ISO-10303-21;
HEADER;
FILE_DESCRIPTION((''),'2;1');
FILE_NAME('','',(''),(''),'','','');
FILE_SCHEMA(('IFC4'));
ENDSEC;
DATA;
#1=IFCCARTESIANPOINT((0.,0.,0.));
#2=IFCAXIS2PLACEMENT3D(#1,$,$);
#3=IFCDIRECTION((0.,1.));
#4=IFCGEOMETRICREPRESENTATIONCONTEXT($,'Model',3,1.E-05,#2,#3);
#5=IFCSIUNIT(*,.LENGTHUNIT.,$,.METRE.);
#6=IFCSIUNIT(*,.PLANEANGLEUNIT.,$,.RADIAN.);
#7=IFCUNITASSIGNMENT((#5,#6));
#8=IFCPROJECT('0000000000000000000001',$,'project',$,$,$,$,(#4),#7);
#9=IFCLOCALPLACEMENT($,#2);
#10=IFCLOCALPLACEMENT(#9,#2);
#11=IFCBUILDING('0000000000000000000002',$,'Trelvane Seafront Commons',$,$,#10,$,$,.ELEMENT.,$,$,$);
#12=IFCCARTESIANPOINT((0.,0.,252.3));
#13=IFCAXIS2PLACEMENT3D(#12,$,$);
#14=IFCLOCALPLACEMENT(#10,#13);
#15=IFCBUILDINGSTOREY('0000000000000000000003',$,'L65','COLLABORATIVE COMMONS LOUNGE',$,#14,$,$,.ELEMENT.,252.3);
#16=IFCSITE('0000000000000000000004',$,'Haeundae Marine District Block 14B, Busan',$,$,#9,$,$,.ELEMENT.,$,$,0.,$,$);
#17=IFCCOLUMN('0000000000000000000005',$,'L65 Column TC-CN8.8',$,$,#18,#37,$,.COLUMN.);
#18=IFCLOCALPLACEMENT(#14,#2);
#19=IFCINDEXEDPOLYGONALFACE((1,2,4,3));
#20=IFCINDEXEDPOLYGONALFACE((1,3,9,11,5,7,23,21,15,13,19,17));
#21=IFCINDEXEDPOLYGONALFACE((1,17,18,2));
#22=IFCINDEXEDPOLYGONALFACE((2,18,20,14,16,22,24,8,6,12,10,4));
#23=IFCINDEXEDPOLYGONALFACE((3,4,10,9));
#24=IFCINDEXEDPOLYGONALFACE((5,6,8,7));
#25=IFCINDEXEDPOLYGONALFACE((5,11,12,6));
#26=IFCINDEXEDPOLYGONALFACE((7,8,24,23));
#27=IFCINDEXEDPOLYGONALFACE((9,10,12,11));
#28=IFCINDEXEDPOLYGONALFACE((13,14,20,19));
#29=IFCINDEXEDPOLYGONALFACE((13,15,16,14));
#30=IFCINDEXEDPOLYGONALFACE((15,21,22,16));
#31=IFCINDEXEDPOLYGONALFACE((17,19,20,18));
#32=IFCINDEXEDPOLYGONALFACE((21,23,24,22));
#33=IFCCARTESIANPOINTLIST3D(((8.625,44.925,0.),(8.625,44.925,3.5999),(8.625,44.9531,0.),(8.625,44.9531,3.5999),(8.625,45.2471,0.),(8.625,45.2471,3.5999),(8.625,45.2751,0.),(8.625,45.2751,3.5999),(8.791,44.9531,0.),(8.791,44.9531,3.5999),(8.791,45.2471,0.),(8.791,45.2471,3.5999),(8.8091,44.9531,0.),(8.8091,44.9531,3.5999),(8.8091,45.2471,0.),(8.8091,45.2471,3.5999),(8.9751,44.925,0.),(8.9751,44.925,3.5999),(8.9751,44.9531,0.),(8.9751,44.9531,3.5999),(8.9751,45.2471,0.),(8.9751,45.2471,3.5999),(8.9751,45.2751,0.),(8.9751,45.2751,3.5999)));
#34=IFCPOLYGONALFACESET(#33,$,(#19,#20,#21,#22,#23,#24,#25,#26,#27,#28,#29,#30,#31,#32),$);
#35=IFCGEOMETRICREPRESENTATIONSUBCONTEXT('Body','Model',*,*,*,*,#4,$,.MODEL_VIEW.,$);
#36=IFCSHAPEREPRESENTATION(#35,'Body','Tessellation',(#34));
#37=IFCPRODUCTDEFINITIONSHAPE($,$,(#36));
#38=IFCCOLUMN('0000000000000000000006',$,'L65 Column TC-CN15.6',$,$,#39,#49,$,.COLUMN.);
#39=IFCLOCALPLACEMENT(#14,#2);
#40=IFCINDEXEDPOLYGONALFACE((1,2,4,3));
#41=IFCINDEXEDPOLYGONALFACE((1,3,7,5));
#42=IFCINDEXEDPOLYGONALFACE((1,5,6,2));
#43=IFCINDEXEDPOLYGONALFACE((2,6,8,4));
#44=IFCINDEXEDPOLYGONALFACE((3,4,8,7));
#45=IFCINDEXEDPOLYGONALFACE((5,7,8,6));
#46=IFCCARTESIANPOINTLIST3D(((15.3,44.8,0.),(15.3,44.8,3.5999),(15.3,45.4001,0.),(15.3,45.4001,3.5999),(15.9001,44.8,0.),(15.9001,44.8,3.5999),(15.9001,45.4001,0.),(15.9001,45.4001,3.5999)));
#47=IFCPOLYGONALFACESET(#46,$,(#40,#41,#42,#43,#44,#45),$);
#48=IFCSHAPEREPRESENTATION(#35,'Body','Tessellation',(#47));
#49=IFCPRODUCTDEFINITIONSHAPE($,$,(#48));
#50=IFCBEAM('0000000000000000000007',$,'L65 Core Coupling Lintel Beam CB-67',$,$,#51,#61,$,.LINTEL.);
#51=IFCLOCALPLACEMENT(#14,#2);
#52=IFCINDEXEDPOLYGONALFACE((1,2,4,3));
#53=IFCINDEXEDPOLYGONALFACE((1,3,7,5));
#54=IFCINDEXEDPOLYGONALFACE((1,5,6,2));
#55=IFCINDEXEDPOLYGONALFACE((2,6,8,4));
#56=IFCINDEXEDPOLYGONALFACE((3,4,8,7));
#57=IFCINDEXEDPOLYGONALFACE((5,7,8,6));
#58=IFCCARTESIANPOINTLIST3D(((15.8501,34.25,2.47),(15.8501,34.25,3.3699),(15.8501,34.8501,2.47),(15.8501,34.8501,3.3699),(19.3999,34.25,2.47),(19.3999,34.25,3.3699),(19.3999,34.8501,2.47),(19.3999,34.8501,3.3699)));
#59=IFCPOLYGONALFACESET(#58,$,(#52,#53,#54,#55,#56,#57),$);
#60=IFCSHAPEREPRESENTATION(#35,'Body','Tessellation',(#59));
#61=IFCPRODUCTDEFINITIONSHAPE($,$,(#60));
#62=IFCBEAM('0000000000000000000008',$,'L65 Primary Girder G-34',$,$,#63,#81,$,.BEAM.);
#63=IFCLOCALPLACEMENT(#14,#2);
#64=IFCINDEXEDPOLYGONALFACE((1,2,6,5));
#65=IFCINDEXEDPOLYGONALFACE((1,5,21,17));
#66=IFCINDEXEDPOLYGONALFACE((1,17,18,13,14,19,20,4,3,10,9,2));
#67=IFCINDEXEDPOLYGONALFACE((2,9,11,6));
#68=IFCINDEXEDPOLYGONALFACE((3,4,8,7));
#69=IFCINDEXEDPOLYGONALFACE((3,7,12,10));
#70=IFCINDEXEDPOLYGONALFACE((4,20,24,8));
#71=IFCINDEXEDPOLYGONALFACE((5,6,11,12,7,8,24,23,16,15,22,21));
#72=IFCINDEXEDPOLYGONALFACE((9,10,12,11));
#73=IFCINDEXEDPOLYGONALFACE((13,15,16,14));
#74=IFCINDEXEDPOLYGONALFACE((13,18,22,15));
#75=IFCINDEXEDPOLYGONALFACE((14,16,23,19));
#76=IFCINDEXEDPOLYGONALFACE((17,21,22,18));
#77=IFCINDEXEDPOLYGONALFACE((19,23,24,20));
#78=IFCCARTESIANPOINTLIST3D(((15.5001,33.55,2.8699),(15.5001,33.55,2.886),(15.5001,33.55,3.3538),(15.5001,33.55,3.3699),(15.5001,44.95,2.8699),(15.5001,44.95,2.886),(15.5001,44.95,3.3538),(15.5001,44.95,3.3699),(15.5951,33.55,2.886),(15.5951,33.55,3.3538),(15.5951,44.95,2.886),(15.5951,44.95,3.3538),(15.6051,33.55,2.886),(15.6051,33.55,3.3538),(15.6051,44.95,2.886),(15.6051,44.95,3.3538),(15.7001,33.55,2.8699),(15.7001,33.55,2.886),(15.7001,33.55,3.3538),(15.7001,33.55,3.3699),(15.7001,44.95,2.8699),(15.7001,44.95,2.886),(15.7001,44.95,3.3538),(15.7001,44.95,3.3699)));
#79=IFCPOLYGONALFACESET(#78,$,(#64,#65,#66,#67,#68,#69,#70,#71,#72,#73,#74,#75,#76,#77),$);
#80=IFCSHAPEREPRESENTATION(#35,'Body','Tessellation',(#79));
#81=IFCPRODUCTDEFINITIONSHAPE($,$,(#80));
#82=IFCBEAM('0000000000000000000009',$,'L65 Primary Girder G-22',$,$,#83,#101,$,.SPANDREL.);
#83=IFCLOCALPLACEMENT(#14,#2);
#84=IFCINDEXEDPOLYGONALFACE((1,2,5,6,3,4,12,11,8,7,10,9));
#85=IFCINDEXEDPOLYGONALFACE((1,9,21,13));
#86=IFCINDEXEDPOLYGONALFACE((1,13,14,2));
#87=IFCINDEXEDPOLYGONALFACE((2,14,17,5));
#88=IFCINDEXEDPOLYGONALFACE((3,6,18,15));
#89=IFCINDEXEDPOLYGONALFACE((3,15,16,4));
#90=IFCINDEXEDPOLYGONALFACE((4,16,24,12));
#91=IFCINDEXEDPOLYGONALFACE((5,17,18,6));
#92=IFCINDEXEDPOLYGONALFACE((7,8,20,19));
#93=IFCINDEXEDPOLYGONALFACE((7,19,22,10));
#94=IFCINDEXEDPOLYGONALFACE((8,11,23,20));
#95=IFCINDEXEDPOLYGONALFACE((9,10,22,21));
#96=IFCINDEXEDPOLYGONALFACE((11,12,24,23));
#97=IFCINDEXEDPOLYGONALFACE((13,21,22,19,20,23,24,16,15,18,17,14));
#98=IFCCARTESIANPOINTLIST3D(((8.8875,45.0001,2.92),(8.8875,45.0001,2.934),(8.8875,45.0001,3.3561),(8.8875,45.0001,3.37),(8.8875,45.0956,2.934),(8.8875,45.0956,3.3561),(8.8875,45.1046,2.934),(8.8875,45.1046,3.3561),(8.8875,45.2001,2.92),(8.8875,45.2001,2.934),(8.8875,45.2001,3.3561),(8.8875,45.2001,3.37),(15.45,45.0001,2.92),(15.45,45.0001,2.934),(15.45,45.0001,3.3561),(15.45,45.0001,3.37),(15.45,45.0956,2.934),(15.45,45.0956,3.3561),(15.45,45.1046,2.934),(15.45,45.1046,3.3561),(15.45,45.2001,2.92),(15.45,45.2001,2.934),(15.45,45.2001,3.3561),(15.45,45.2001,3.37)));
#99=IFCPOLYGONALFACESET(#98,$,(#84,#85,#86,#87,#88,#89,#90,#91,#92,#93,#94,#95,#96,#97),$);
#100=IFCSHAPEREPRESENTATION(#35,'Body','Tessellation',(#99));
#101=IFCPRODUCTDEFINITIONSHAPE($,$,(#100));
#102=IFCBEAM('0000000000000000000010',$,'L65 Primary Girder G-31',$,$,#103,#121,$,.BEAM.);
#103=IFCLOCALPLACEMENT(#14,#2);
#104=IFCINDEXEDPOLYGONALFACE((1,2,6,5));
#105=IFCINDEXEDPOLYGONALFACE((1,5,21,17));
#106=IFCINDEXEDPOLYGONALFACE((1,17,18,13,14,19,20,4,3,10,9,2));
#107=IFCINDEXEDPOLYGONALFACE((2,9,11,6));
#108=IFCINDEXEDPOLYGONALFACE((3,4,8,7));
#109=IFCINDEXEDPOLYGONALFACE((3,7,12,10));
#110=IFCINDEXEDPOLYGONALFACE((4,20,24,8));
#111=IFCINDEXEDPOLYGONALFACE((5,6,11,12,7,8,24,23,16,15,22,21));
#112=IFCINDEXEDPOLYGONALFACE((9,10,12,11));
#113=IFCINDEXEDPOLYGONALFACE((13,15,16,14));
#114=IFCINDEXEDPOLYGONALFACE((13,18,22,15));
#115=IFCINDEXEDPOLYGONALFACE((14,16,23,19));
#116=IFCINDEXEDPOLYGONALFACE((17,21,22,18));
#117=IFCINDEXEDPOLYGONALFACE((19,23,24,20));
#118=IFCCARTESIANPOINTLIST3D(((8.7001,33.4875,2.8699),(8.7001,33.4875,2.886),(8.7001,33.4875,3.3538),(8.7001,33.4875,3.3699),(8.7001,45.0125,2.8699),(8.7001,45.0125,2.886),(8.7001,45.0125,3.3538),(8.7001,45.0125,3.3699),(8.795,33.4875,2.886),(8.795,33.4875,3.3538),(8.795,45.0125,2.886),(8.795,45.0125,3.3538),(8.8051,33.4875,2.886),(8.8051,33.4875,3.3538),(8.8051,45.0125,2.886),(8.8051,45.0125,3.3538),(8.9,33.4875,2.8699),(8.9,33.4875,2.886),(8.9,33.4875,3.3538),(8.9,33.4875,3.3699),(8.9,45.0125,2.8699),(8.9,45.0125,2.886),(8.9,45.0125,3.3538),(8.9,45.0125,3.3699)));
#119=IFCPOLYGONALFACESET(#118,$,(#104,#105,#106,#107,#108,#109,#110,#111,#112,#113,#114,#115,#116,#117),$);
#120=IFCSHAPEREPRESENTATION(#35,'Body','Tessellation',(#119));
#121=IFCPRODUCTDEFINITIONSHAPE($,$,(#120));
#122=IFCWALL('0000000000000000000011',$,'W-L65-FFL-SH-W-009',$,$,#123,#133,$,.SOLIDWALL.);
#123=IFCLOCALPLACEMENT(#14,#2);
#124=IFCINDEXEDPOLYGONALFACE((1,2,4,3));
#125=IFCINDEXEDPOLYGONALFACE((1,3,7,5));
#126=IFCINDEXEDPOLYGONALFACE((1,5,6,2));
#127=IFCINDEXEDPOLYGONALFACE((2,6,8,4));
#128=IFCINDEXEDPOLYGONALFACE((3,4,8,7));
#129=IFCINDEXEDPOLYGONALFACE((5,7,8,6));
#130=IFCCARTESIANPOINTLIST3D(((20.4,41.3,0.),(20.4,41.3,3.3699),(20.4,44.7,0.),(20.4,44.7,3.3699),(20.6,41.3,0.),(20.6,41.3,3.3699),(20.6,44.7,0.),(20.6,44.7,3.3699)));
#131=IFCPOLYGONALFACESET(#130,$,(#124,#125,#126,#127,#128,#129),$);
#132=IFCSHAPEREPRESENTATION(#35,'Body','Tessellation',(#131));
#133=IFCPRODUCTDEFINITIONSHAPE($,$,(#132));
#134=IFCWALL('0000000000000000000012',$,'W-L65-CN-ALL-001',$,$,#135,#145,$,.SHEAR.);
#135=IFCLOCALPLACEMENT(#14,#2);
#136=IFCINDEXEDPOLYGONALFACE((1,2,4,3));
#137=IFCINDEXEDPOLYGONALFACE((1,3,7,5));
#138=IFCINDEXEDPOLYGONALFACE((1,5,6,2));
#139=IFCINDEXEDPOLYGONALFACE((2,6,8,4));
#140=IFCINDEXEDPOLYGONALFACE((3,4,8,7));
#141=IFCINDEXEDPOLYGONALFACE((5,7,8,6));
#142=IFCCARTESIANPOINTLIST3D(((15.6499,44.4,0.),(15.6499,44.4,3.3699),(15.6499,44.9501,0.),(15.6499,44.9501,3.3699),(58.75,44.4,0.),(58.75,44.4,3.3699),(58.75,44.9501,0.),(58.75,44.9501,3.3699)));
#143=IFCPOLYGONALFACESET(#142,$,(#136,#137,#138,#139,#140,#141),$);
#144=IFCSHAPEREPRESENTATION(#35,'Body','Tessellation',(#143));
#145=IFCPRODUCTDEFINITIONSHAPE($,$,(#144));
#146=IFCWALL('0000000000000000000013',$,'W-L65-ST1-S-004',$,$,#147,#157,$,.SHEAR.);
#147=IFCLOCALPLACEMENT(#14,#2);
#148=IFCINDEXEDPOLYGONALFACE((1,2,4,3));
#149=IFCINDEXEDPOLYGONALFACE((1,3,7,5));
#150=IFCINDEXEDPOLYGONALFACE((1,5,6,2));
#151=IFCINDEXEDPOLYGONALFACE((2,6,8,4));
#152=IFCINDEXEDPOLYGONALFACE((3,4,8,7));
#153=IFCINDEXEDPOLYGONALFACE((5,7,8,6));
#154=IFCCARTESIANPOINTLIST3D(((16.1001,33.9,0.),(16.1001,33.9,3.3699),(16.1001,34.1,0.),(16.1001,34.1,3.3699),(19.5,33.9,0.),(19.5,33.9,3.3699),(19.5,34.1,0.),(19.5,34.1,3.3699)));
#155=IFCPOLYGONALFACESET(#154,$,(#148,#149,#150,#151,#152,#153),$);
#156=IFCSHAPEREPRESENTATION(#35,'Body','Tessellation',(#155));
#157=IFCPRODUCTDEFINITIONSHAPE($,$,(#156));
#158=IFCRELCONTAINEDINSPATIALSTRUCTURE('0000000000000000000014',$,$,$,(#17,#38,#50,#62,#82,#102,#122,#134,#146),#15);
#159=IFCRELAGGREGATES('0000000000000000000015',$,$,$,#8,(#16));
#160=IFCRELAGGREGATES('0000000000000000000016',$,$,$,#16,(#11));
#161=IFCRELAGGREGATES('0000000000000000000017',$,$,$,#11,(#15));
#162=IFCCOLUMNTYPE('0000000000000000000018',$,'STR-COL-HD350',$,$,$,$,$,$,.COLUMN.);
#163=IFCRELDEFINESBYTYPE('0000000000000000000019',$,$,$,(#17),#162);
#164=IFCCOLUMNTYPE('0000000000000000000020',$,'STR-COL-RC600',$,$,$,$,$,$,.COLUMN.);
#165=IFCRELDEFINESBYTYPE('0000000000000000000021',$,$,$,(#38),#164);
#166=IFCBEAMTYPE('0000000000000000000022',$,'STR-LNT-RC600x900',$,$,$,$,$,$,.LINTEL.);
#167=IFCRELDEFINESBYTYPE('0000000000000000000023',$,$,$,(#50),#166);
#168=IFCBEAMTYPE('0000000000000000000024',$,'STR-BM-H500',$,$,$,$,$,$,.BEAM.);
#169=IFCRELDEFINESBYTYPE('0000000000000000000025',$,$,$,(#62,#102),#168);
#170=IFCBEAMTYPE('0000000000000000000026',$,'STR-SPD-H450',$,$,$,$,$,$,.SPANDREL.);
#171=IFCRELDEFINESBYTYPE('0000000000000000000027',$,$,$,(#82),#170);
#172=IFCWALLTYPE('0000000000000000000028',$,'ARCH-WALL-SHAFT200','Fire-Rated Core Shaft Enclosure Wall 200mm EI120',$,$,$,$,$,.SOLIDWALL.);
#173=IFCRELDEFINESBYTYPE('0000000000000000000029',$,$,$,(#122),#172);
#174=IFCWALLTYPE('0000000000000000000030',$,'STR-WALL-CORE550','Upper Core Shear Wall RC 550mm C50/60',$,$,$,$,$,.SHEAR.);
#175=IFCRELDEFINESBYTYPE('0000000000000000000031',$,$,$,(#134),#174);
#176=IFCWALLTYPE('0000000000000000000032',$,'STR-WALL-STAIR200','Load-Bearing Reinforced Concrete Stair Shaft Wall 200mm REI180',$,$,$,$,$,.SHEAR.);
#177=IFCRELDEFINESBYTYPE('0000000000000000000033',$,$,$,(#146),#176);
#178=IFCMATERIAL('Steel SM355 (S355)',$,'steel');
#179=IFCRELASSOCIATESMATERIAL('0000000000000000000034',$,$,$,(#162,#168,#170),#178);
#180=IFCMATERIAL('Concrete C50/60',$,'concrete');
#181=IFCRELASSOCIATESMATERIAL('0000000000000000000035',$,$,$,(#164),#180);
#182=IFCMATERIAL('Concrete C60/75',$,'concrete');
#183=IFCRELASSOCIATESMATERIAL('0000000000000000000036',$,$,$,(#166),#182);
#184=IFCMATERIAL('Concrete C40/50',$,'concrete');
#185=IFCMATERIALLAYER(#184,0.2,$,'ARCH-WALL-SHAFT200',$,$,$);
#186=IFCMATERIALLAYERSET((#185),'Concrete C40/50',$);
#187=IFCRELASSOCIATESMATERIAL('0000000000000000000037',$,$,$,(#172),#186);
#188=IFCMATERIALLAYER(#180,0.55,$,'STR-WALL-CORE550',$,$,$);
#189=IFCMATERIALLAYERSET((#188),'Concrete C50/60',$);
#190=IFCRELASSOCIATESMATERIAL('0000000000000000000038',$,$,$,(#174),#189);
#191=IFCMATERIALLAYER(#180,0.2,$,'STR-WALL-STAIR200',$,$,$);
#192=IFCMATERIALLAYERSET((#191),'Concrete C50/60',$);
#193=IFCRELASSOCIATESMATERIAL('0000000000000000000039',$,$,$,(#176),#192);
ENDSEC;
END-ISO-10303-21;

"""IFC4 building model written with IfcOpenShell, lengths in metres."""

from ifc_helpers import new_model, si_unit, direction, frame, frame_2d, origin, origin_2d, place, context, subcontext, project, spatial, rectangle, i_section, extrude, source, transform, mapped, material, layer, layer_set, material_profile, profile_set, type_object, element, save


model = new_model("IFC4")

# Units and contexts
model_context = context("Model", 3, precision=1e-05, world=origin(), true_north=direction((0.0, 1.0)))
body_context = subcontext(model_context, "Body", "Model", "MODEL_VIEW")
ifc_project = project(units=[si_unit("LENGTHUNIT", "METRE"), si_unit("PLANEANGLEUNIT", "RADIAN")], contexts=[model_context])

# Site, building, storey
site_placement = place(None, origin())
site = spatial("IfcSite", under=ifc_project, at=site_placement, Name="Haeundae Marine District Block 14B, Busan", CompositionType="ELEMENT", RefElevation=0.0)
building_placement = place(site_placement, origin())
building = spatial("IfcBuilding", under=site, at=building_placement, Name="Trelvane Seafront Commons", CompositionType="ELEMENT")
storey_placement = place(building_placement, frame((0.0, 0.0, 252.3)))
storey = spatial("IfcBuildingStorey", under=building, at=storey_placement, Name="L65", Description="COLLABORATIVE COMMONS LOUNGE", CompositionType="ELEMENT", Elevation=252.3)

# Columns
ifc_material_1 = material(Name="Steel SM355 (S355)", Category="steel")
ifc_material_profile_1 = material_profile(ifc_material_1, i_section(OverallWidth=0.3501, OverallDepth=0.3501, WebThickness=0.0181, FlangeThickness=0.0281, at=origin_2d()), Name="HD-350x350x18x28")
ifc_profile_set_1 = profile_set([ifc_material_profile_1], Name="Steel SM355 (S355)")
column_type_1 = type_object("IfcColumnType", Name="STR-COL-HD350", PredefinedType="COLUMN", material=ifc_profile_set_1)
shared_shape_1 = source(origin(), body_context, "Body", "SweptSolid", [
    extrude(i_section(OverallWidth=0.3501, OverallDepth=0.3501, WebThickness=0.0181, FlangeThickness=0.0281, at=origin_2d()), origin(), (0.0, 0.0, 1.0), 3.5999),
])
column_1_placement = place(storey_placement, frame((8.8, 45.1001, 0.0), z_axis=(0.0, 0.0, 1.0), x_axis=(1.0, 0.0, 0.0)))
element("IfcColumn", 1, at=column_1_placement, inside=storey, type_object=column_type_1, Name="L65 Column TC-CN8.8", PredefinedType="COLUMN", context=body_context, shape_type="MappedRepresentation", body=[
    mapped(shared_shape_1, transform((0.0, 0.0, 0.0), x_axis=(1.0, 0.0, 0.0), y_axis=(0.0, 1.0, 0.0), z_axis=(0.0, 0.0, 1.0), scale=1.0)),
])
ifc_material_2 = material(Name="Concrete C50/60", Category="concrete")
ifc_material_profile_2 = material_profile(ifc_material_2, rectangle(XDim=0.6001, YDim=0.6001, at=origin_2d()), Name="RC-600x600")
ifc_profile_set_2 = profile_set([ifc_material_profile_2], Name="Concrete C50/60")
column_type_2 = type_object("IfcColumnType", Name="STR-COL-RC600", PredefinedType="COLUMN", material=ifc_profile_set_2)
shared_shape_2 = source(origin(), body_context, "Body", "SweptSolid", [
    extrude(rectangle(XDim=0.6001, YDim=0.6001, at=origin_2d()), origin(), (0.0, 0.0, 1.0), 3.5999),
])
column_2_placement = place(storey_placement, frame((15.6001, 45.1001, 0.0), z_axis=(0.0, 0.0, 1.0), x_axis=(1.0, 0.0, 0.0)))
element("IfcColumn", 2, at=column_2_placement, inside=storey, type_object=column_type_2, Name="L65 Column TC-CN15.6", PredefinedType="COLUMN", context=body_context, shape_type="MappedRepresentation", body=[
    mapped(shared_shape_2, transform((0.0, 0.0, 0.0), x_axis=(1.0, 0.0, 0.0), y_axis=(0.0, 1.0, 0.0), z_axis=(0.0, 0.0, 1.0), scale=1.0)),
])

# Beams
ifc_material_3 = material(Name="Concrete C60/75", Category="concrete")
ifc_material_profile_3 = material_profile(ifc_material_3, rectangle(XDim=0.6001, YDim=0.8999, at=origin_2d()), Name="RC-600x900")
ifc_profile_set_3 = profile_set([ifc_material_profile_3], Name="Concrete C60/75")
beam_type_1 = type_object("IfcBeamType", Name="STR-LNT-RC600x900", PredefinedType="LINTEL", material=ifc_profile_set_3)
shared_shape_3 = source(origin(), body_context, "Body", "SweptSolid", [
    extrude(rectangle(XDim=0.6001, YDim=0.8999, at=origin_2d()), origin(), (0.0, 0.0, 1.0), 3.5498),
])
beam_1_placement = place(storey_placement, frame((15.8501, 34.55, 2.9199), z_axis=(1.0, 0.0, 0.0), x_axis=(0.0, 1.0, 0.0)))
element("IfcBeam", 3, at=beam_1_placement, inside=storey, type_object=beam_type_1, Name="L65 Core Coupling Lintel Beam CB-67", PredefinedType="LINTEL", context=body_context, shape_type="MappedRepresentation", body=[
    mapped(shared_shape_3, transform((0.0, 0.0, 0.0), x_axis=(1.0, 0.0, 0.0), y_axis=(0.0, 1.0, 0.0), z_axis=(0.0, 0.0, 1.0), scale=1.0)),
])
ifc_material_profile_4 = material_profile(ifc_material_1, i_section(OverallWidth=0.2, OverallDepth=0.5, WebThickness=0.01, FlangeThickness=0.0161, at=origin_2d()), Name="H-500x200x10x16")
ifc_profile_set_4 = profile_set([ifc_material_profile_4], Name="Steel SM355 (S355)")
beam_type_2 = type_object("IfcBeamType", Name="STR-BM-H500", PredefinedType="BEAM", material=ifc_profile_set_4)
shared_shape_4 = source(origin(), body_context, "Body", "SweptSolid", [
    extrude(i_section(OverallWidth=0.2, OverallDepth=0.5, WebThickness=0.01, FlangeThickness=0.0161, at=origin_2d()), origin(), (0.0, 0.0, 1.0), 11.3999),
])
beam_2_placement = place(storey_placement, frame((15.6001, 33.55, 3.1199), z_axis=(0.0, 1.0, 0.0), x_axis=(-1.0, 0.0, 0.0)))
element("IfcBeam", 4, at=beam_2_placement, inside=storey, type_object=beam_type_2, Name="L65 Primary Girder G-34", PredefinedType="BEAM", context=body_context, shape_type="MappedRepresentation", body=[
    mapped(shared_shape_4, transform((0.0, 0.0, 0.0), x_axis=(1.0, 0.0, 0.0), y_axis=(0.0, 1.0, 0.0), z_axis=(0.0, 0.0, 1.0), scale=1.0)),
])
ifc_material_profile_5 = material_profile(ifc_material_1, i_section(OverallWidth=0.2, OverallDepth=0.45, WebThickness=0.009, FlangeThickness=0.0139, at=origin_2d()), Name="H-450x200x9x14")
ifc_profile_set_5 = profile_set([ifc_material_profile_5], Name="Steel SM355 (S355)")
beam_type_3 = type_object("IfcBeamType", Name="STR-SPD-H450", PredefinedType="SPANDREL", material=ifc_profile_set_5)
shared_shape_5 = source(origin(), body_context, "Body", "SweptSolid", [
    extrude(i_section(OverallWidth=0.2, OverallDepth=0.45, WebThickness=0.009, FlangeThickness=0.0139, at=origin_2d()), origin(), (0.0, 0.0, 1.0), 6.5625),
])
beam_3_placement = place(storey_placement, frame((8.8875, 45.1001, 3.145), z_axis=(1.0, 0.0, 0.0), x_axis=(0.0, 1.0, 0.0)))
element("IfcBeam", 5, at=beam_3_placement, inside=storey, type_object=beam_type_3, Name="L65 Primary Girder G-22", PredefinedType="SPANDREL", context=body_context, shape_type="MappedRepresentation", body=[
    mapped(shared_shape_5, transform((0.0, 0.0, 0.0), x_axis=(1.0, 0.0, 0.0), y_axis=(0.0, 1.0, 0.0), z_axis=(0.0, 0.0, 1.0), scale=1.0)),
])
shared_shape_6 = source(origin(), body_context, "Body", "SweptSolid", [
    extrude(i_section(OverallWidth=0.2, OverallDepth=0.5, WebThickness=0.01, FlangeThickness=0.0161, at=origin_2d()), origin(), (0.0, 0.0, 1.0), 11.5249),
])
beam_4_placement = place(storey_placement, frame((8.8, 33.4875, 3.1199), z_axis=(0.0, 1.0, 0.0), x_axis=(-1.0, 0.0, 0.0)))
element("IfcBeam", 6, at=beam_4_placement, inside=storey, type_object=beam_type_2, Name="L65 Primary Girder G-31", PredefinedType="BEAM", context=body_context, shape_type="MappedRepresentation", body=[
    mapped(shared_shape_6, transform((0.0, 0.0, 0.0), x_axis=(1.0, 0.0, 0.0), y_axis=(0.0, 1.0, 0.0), z_axis=(0.0, 0.0, 1.0), scale=1.0)),
])

# Shared definitions
ifc_material_4 = material(Name="Concrete C40/50", Category="concrete")
ifc_layer_1 = layer(ifc_material_4, 0.2, Name="ARCH-WALL-SHAFT200")
ifc_layer_set_1 = layer_set([ifc_layer_1], Name="Concrete C40/50")
wall_type_1 = type_object("IfcWallType", Name="ARCH-WALL-SHAFT200", Description="Fire-Rated Core Shaft Enclosure Wall 200mm EI120", PredefinedType="SOLIDWALL", material=ifc_layer_set_1)

# Walls
wall_1_placement = place(storey_placement, frame((20.5, 41.3, 0.0), z_axis=(0.0, 0.0, 1.0), x_axis=(0.0, 1.0, 0.0)))
element("IfcWall", 7, at=wall_1_placement, inside=storey, type_object=wall_type_1, Name="W-L65-FFL-SH-W-009", PredefinedType="SOLIDWALL", context=body_context, shape_type="SweptSolid", body=[
    extrude(rectangle(XDim=3.3999, YDim=0.2, at=frame_2d((1.7, 0.0))), origin(), (0.0, 0.0, 1.0), 3.3699),
])
ifc_layer_2 = layer(ifc_material_2, 0.55, Name="STR-WALL-CORE550")
ifc_layer_set_2 = layer_set([ifc_layer_2], Name="Concrete C50/60")
wall_type_2 = type_object("IfcWallType", Name="STR-WALL-CORE550", Description="Upper Core Shear Wall RC 550mm C50/60", PredefinedType="SHEAR", material=ifc_layer_set_2)
wall_2_placement = place(storey_placement, frame((15.6499, 44.675, 0.0), z_axis=(0.0, 0.0, 1.0), x_axis=(1.0, 0.0, 0.0)))
element("IfcWall", 8, at=wall_2_placement, inside=storey, type_object=wall_type_2, Name="W-L65-CN-ALL-001", PredefinedType="SHEAR", context=body_context, shape_type="SweptSolid", body=[
    extrude(rectangle(XDim=43.1001, YDim=0.55, at=frame_2d((21.55, 0.0))), origin(), (0.0, 0.0, 1.0), 3.3699),
])
ifc_layer_3 = layer(ifc_material_2, 0.2, Name="STR-WALL-STAIR200")
ifc_layer_set_3 = layer_set([ifc_layer_3], Name="Concrete C50/60")
wall_type_3 = type_object("IfcWallType", Name="STR-WALL-STAIR200", Description="Load-Bearing Reinforced Concrete Stair Shaft Wall 200mm REI180", PredefinedType="SHEAR", material=ifc_layer_set_3)
wall_3_placement = place(storey_placement, frame((16.1001, 34.0, 0.0), z_axis=(0.0, 0.0, 1.0), x_axis=(1.0, 0.0, 0.0)))
element("IfcWall", 9, at=wall_3_placement, inside=storey, type_object=wall_type_3, Name="W-L65-ST1-S-004", PredefinedType="SHEAR", context=body_context, shape_type="SweptSolid", body=[
    extrude(rectangle(XDim=3.3999, YDim=0.2, at=frame_2d((1.7, 0.0))), origin(), (0.0, 0.0, 1.0), 3.3699),
])

save(model, "model.ifc")
